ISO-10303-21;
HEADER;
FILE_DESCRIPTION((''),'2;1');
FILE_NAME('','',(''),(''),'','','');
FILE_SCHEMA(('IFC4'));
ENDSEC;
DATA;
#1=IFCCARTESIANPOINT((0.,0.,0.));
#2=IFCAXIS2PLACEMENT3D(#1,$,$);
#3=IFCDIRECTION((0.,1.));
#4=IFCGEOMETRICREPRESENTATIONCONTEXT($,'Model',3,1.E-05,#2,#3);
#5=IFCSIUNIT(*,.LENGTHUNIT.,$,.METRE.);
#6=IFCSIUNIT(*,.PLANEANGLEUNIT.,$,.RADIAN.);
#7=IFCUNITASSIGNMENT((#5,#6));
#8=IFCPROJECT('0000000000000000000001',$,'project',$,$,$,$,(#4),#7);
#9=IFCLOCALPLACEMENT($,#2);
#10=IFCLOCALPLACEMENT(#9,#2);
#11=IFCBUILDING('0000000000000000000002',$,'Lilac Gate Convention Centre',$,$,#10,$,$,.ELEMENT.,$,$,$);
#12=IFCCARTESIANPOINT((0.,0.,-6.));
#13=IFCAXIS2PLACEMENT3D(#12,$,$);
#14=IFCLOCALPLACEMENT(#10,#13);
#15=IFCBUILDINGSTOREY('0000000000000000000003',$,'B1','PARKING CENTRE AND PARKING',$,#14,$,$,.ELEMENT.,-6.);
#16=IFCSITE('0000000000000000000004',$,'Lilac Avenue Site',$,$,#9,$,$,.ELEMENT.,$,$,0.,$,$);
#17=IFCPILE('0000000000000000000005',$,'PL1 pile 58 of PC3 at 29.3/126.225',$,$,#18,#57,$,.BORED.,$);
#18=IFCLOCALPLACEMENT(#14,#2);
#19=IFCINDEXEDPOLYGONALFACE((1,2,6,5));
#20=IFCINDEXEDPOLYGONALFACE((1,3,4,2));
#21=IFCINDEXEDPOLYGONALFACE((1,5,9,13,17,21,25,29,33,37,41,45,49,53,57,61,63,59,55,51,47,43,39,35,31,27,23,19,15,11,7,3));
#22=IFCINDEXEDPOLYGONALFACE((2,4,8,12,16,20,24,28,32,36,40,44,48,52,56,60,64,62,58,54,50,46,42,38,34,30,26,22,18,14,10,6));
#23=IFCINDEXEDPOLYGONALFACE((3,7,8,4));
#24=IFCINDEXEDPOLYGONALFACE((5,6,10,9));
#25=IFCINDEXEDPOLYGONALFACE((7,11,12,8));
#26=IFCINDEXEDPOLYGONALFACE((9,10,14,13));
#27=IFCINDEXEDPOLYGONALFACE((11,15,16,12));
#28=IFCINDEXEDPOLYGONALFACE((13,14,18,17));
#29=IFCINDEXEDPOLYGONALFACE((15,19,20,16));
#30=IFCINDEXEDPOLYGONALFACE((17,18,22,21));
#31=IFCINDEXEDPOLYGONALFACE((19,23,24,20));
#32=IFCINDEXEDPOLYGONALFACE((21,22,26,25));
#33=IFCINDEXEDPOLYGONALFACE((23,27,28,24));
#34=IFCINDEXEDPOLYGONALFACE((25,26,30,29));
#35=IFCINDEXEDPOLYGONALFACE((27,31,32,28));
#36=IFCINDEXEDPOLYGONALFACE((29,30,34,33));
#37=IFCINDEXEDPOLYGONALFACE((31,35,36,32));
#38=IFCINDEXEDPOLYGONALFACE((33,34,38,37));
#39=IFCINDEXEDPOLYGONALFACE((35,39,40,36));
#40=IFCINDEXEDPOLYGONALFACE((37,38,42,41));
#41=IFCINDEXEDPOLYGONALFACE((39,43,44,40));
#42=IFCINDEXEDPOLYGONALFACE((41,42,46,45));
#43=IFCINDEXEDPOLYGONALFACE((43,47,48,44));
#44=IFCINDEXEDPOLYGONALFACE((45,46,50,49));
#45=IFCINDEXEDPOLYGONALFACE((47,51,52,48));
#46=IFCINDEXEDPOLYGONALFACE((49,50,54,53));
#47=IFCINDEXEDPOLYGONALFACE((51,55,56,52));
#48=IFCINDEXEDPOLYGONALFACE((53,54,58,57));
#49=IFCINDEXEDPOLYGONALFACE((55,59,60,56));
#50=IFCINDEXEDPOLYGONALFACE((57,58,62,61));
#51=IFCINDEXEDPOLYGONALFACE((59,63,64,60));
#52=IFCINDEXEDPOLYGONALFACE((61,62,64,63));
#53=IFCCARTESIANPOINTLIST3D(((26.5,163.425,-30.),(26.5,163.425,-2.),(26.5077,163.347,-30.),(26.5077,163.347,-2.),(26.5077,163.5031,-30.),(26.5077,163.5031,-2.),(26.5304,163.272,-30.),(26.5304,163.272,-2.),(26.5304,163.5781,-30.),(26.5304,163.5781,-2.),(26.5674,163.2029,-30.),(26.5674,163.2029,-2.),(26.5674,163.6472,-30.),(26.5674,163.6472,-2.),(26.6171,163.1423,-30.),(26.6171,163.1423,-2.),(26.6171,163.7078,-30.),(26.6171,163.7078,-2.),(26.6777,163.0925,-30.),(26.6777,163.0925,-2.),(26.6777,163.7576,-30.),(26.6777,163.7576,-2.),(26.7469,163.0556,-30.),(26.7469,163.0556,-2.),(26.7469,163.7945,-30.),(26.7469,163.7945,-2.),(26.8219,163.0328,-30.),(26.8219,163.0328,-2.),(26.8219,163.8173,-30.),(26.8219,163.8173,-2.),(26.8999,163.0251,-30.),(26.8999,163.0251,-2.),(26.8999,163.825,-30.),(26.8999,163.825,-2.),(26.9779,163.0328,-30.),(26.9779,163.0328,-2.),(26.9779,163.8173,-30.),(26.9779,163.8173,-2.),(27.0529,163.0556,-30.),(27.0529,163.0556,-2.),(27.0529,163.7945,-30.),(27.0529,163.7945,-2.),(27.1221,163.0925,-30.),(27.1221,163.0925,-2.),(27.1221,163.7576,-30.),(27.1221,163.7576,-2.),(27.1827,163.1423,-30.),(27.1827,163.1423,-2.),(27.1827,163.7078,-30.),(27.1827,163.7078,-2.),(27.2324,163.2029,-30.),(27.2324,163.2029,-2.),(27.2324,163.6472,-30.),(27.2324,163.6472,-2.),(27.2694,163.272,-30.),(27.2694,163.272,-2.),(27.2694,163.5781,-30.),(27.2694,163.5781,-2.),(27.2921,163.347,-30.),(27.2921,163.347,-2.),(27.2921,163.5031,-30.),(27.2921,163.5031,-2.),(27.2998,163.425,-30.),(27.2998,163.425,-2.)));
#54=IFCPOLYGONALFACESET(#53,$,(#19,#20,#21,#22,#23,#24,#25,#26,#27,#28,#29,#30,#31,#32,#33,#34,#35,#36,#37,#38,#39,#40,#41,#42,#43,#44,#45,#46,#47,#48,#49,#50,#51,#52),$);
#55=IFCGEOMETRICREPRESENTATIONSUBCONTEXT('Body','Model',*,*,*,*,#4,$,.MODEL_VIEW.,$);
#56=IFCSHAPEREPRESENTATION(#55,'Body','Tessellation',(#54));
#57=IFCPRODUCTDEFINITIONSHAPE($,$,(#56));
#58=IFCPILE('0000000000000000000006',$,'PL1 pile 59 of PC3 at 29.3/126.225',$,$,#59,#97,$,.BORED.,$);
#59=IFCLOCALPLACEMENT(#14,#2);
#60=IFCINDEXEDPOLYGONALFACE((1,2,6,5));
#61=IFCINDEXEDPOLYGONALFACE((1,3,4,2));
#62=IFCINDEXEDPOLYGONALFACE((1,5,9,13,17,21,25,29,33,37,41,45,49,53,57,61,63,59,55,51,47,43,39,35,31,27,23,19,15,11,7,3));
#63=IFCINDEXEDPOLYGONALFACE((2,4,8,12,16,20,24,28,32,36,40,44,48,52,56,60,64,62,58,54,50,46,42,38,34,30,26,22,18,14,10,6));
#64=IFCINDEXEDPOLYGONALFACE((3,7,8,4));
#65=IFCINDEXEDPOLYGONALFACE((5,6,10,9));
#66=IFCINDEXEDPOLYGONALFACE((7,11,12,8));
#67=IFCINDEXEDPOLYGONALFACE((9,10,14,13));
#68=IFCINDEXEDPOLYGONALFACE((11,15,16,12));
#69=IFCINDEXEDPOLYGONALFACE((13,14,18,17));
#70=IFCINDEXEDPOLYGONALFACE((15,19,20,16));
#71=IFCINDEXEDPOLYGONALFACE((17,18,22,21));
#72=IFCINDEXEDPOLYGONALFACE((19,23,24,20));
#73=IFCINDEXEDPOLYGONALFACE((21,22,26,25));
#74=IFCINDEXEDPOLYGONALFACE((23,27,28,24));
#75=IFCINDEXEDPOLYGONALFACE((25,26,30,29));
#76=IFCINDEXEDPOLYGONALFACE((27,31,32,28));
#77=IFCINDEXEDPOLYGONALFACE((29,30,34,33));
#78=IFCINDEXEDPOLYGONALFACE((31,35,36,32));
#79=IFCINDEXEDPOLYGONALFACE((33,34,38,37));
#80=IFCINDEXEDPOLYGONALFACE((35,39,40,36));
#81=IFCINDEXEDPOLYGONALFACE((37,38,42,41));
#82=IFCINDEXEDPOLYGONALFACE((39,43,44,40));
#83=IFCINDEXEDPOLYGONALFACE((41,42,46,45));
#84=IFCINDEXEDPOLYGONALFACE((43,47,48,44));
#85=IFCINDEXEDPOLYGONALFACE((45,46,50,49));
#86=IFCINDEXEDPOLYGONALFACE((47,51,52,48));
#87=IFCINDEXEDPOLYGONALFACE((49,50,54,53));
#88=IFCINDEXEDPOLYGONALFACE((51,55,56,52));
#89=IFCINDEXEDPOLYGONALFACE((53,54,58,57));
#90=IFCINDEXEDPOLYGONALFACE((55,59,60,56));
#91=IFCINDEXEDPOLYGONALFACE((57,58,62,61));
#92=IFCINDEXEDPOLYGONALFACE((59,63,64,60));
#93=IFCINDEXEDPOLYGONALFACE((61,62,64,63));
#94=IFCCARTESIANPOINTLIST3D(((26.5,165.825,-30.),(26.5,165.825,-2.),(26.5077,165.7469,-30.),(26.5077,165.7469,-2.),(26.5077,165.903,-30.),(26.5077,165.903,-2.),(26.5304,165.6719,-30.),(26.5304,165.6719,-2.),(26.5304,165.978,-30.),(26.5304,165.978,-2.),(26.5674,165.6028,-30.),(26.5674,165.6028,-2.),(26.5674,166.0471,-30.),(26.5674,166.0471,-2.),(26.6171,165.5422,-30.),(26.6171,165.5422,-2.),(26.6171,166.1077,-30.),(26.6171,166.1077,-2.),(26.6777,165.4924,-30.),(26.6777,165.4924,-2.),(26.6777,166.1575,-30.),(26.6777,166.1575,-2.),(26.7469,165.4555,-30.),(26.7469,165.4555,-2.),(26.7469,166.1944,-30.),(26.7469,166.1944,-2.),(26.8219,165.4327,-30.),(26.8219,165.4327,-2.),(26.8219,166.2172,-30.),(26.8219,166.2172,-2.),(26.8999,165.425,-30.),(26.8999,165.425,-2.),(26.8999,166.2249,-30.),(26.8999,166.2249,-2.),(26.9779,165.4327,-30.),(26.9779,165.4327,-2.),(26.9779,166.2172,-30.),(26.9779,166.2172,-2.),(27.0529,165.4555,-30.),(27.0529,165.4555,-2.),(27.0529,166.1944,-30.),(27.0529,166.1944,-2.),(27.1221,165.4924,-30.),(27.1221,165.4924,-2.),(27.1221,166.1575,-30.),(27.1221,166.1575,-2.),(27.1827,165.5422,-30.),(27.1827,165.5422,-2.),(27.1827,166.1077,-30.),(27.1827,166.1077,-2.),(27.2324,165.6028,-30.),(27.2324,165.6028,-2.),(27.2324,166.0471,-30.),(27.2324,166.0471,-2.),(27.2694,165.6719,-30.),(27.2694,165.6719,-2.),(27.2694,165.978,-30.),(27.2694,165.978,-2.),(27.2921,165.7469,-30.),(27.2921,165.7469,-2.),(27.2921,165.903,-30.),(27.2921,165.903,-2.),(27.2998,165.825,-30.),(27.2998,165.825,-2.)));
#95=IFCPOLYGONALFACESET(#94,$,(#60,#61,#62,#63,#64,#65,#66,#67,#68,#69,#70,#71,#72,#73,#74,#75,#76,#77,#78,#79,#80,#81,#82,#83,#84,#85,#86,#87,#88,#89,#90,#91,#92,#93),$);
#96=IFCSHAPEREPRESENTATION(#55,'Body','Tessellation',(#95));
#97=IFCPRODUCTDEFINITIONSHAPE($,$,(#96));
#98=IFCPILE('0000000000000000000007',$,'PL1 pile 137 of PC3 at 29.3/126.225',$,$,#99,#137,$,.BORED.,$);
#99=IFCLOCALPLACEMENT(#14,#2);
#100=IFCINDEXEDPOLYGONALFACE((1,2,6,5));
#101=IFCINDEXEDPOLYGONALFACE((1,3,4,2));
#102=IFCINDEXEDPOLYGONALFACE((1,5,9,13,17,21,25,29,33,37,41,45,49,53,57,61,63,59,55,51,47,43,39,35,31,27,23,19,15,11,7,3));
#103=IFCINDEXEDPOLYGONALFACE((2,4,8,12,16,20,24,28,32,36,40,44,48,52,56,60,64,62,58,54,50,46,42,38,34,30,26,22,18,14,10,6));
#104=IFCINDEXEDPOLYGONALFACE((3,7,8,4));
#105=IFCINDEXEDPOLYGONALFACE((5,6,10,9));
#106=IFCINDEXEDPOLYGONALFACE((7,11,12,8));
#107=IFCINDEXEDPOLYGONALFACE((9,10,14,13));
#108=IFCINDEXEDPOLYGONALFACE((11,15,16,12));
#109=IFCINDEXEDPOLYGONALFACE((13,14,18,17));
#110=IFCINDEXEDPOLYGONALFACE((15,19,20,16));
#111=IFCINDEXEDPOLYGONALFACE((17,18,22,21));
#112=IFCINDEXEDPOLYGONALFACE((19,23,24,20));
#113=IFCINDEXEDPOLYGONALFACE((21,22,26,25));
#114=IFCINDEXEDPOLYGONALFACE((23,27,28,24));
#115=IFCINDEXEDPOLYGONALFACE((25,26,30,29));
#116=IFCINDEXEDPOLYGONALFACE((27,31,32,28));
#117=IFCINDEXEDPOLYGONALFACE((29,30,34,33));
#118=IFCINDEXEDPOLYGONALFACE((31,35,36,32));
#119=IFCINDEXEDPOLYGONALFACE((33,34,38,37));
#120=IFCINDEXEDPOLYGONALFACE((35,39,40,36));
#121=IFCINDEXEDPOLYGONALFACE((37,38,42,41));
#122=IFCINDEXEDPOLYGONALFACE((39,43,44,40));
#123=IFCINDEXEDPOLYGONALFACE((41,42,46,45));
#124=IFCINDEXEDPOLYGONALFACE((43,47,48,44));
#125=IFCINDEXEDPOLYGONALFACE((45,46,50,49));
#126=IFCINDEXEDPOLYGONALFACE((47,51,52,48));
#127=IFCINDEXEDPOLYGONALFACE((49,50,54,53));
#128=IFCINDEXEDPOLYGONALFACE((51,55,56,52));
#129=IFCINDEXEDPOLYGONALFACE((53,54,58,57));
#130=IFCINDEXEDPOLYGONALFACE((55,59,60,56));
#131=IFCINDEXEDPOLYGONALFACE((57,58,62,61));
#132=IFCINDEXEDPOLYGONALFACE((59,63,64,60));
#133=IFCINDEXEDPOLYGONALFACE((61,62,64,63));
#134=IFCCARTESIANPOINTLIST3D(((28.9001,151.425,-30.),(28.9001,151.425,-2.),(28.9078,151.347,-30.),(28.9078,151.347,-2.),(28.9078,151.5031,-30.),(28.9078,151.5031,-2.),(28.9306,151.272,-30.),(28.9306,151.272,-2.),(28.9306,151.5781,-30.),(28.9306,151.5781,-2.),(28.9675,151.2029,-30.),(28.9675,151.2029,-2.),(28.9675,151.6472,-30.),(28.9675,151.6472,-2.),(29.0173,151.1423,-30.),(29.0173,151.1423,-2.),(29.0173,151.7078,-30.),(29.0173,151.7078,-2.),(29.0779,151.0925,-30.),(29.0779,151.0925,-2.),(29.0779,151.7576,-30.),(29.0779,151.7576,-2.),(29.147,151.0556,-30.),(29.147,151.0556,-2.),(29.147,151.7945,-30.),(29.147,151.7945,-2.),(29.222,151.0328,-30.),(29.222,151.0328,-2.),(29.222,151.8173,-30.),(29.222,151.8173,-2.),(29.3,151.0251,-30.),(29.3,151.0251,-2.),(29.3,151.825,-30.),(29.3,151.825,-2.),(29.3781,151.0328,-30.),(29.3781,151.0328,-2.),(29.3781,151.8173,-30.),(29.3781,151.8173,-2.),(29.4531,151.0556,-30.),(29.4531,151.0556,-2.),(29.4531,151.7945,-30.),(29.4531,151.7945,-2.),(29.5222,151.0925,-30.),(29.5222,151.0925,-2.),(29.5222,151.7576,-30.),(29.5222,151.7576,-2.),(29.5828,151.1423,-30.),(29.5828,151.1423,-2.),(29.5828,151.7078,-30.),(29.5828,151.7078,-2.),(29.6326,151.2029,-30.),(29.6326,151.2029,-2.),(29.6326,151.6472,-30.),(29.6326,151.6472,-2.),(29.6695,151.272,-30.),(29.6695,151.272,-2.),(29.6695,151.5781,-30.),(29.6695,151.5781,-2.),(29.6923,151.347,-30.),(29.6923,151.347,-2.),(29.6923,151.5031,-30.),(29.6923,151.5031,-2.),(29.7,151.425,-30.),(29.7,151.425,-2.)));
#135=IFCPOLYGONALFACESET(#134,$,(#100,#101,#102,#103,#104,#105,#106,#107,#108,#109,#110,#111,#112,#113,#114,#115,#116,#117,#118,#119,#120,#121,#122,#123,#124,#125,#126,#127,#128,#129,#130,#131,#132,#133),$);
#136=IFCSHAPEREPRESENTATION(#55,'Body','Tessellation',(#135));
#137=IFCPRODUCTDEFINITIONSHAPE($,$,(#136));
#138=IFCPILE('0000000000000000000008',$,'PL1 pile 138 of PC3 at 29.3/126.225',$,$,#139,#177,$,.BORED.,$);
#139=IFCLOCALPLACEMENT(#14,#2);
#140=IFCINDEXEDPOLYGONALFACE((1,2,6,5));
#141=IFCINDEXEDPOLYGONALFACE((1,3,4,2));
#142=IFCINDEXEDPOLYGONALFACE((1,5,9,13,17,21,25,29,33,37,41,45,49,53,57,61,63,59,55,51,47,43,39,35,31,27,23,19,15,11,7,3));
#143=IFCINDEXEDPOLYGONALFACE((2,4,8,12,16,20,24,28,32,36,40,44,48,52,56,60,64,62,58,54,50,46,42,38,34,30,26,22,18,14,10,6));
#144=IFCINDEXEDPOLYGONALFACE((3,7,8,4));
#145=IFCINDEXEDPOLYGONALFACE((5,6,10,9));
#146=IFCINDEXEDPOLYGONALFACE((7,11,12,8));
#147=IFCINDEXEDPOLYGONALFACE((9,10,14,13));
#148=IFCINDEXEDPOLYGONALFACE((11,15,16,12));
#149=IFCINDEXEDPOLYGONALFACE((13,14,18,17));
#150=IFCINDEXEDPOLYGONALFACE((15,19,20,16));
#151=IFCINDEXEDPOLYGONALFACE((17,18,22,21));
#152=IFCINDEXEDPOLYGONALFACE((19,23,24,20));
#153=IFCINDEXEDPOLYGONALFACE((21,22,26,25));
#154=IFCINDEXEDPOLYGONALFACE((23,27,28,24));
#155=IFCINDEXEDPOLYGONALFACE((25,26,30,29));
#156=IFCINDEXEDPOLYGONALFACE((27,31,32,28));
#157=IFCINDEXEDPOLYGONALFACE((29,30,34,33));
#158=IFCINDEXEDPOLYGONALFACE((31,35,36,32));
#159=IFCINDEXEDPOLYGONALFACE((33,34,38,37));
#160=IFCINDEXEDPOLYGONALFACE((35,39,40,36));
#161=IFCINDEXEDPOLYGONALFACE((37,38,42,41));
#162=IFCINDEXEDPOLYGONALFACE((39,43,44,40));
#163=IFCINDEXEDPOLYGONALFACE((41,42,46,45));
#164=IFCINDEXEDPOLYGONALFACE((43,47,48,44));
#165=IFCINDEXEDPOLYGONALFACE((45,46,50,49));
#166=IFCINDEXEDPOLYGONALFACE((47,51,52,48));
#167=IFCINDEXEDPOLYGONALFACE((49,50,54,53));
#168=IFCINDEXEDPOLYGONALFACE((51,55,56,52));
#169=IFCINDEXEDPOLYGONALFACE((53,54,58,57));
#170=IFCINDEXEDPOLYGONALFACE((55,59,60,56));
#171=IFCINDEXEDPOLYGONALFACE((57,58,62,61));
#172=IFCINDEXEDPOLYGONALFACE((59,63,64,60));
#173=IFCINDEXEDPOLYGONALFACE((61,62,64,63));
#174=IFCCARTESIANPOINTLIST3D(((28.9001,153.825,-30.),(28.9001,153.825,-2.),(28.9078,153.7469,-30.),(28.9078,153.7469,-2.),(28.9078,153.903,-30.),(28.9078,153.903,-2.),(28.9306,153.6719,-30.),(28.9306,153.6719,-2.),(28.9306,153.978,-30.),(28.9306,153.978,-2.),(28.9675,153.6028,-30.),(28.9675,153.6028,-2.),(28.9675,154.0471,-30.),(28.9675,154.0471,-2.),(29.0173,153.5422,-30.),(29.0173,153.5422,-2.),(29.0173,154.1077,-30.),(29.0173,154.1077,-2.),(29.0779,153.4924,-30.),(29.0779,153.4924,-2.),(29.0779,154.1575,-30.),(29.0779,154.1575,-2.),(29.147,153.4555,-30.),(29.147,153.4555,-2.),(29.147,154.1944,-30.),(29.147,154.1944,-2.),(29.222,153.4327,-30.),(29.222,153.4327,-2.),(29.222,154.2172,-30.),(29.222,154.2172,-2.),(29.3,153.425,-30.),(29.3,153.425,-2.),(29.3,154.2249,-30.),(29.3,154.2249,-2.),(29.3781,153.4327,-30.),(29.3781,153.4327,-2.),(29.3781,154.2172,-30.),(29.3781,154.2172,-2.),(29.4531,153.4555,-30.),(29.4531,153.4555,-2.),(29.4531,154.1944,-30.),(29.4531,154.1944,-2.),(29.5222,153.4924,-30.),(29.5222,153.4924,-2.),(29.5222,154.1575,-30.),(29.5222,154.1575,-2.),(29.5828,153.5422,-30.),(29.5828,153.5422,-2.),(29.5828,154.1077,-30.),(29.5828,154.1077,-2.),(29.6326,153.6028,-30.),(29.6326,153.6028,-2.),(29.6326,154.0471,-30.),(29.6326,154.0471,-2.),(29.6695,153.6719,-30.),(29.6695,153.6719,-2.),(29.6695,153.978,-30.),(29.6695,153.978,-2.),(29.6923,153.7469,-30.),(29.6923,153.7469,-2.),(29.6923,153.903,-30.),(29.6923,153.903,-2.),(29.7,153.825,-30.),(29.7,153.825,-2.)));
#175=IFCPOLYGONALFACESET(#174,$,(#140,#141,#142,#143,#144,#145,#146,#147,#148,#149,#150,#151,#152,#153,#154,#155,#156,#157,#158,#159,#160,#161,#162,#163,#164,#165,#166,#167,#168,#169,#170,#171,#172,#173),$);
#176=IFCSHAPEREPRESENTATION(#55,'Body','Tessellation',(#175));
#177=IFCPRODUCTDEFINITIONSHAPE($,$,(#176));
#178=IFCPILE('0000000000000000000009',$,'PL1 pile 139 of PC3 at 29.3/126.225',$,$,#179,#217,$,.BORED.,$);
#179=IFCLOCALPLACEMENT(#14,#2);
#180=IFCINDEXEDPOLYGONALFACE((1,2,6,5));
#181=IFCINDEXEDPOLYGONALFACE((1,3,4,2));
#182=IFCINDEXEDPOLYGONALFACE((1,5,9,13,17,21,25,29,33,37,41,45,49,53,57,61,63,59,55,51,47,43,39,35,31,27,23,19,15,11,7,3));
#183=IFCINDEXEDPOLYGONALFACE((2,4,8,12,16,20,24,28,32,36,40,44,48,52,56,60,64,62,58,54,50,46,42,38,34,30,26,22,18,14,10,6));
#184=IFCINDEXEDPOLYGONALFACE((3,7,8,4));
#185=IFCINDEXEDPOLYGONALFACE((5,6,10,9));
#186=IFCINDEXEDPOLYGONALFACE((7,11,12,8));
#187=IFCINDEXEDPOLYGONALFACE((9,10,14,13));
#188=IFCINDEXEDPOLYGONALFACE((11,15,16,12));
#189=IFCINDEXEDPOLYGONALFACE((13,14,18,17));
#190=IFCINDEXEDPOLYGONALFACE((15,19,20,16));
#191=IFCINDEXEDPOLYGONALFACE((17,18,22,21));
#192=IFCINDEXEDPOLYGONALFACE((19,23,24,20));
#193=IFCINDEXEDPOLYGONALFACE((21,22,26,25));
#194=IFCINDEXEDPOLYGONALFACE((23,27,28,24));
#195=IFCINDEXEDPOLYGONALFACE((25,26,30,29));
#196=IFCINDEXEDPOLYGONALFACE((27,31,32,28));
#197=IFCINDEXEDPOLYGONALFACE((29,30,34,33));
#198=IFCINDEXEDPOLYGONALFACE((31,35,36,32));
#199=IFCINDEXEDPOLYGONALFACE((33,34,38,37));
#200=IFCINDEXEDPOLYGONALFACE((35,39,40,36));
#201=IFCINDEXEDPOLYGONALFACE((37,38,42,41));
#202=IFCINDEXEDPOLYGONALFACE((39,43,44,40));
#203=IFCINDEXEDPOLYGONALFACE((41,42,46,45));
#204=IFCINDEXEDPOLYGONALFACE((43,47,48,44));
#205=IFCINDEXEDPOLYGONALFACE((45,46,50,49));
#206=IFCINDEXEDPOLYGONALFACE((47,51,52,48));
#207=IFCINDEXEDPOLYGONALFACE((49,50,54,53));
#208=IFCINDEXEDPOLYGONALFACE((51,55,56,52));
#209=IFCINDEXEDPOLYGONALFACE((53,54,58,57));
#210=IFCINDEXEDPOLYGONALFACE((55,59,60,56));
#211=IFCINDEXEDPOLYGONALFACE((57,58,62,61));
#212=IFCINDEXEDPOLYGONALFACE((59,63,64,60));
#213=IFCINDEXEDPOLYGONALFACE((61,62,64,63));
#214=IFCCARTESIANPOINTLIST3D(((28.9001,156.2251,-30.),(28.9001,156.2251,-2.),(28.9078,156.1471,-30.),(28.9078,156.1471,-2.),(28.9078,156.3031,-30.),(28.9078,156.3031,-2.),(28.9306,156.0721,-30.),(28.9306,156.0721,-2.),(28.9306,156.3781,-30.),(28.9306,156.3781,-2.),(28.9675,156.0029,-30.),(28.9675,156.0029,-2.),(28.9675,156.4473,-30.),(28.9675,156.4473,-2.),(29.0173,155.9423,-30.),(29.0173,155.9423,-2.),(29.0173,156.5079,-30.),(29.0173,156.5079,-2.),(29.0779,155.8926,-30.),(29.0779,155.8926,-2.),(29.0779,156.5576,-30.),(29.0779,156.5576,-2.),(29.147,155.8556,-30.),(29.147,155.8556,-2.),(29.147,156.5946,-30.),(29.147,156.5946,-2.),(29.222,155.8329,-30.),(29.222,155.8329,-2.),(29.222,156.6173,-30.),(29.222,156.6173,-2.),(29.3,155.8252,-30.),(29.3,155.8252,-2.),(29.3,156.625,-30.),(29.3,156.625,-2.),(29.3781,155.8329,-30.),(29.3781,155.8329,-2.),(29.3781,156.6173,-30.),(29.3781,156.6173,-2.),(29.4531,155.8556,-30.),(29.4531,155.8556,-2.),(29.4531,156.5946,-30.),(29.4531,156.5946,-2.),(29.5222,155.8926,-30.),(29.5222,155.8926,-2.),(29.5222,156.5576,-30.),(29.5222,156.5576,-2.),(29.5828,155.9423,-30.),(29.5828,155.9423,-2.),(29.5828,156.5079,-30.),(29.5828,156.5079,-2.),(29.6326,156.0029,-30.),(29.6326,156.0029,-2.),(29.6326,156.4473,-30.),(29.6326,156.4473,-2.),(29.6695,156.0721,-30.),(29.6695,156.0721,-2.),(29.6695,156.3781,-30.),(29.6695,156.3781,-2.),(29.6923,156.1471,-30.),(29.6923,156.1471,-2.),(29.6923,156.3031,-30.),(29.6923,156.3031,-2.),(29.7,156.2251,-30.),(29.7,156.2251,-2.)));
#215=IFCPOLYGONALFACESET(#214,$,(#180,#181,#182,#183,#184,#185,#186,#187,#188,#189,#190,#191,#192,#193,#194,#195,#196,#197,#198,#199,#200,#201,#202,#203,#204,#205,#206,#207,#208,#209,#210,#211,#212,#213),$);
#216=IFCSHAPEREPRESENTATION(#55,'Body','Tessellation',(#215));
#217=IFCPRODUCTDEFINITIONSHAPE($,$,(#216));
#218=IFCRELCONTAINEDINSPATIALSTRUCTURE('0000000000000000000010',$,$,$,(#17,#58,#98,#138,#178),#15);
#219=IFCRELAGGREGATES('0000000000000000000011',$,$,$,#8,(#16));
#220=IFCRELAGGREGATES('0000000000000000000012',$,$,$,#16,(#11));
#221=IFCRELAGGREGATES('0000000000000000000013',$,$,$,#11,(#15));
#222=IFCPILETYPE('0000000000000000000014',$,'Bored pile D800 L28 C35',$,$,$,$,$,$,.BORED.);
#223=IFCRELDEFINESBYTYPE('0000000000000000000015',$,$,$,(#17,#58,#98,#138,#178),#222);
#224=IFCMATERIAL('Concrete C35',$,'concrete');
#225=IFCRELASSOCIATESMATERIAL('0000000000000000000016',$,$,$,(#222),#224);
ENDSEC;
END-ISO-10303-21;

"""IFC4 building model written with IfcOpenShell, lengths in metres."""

from ifc_helpers import new_model, si_unit, direction, frame, origin, origin_2d, place, context, subcontext, project, spatial, circle, extrude, material, material_profile, profile_set, type_object, element, save


model = new_model("IFC4")

# Units and contexts
model_context = context("Model", 3, precision=1e-05, world=origin(), true_north=direction((0.0, 1.0)))
body_context = subcontext(model_context, "Body", "Model", "MODEL_VIEW")
ifc_project = project(units=[si_unit("LENGTHUNIT", "METRE"), si_unit("PLANEANGLEUNIT", "RADIAN")], contexts=[model_context])

# Site, building, storey
site_placement = place(None, origin())
site = spatial("IfcSite", under=ifc_project, at=site_placement, Name="Lilac Avenue Site", CompositionType="ELEMENT", RefElevation=0.0)
building_placement = place(site_placement, origin())
building = spatial("IfcBuilding", under=site, at=building_placement, Name="Lilac Gate Convention Centre", CompositionType="ELEMENT")
storey_placement = place(building_placement, frame((0.0, 0.0, -6.0)))
storey = spatial("IfcBuildingStorey", under=building, at=storey_placement, Name="B1", Description="PARKING CENTRE AND PARKING", CompositionType="ELEMENT", Elevation=-6.0)

# Piles
ifc_material_1 = material(Name="Concrete C35", Category="concrete")
ifc_material_profile_1 = material_profile(ifc_material_1, circle(Radius=0.3999, at=origin_2d()), Name="D800")
ifc_profile_set_1 = profile_set([ifc_material_profile_1], Name="Concrete C35")
pile_type = type_object("IfcPileType", Name="Bored pile D800 L28 C35", PredefinedType="BORED", material=ifc_profile_set_1)
for number, where, z_axis, x_axis, name in (
    (1, (26.8999, 163.425, -2.0), (0.0, 0.0, -1.0), (1.0, 0.0, 0.0), "PL1 pile 58 of PC3 at 29.3/126.225"),
    (2, (26.8999, 165.825, -2.0), (0.0, 0.0, -1.0), (1.0, 0.0, 0.0), "PL1 pile 59 of PC3 at 29.3/126.225"),
    (3, (29.3, 151.425, -2.0), (0.0, 0.0, -1.0), (1.0, 0.0, 0.0), "PL1 pile 137 of PC3 at 29.3/126.225"),
    (4, (29.3, 153.825, -2.0), (0.0, 0.0, -1.0), (1.0, 0.0, 0.0), "PL1 pile 138 of PC3 at 29.3/126.225"),
    (5, (29.3, 156.2251, -2.0), (0.0, 0.0, -1.0), (1.0, 0.0, 0.0), "PL1 pile 139 of PC3 at 29.3/126.225"),
):
    element("IfcPile", number, at=place(storey_placement, frame(where, z_axis=z_axis, x_axis=x_axis)), inside=storey, type_object=pile_type, Name=name, PredefinedType="BORED", context=body_context, shape_type="SweptSolid", body=[
        extrude(circle(Radius=0.3999, at=origin_2d()), origin(), (0.0, 0.0, 1.0), 28.0),
    ])

save(model, "model.ifc")
